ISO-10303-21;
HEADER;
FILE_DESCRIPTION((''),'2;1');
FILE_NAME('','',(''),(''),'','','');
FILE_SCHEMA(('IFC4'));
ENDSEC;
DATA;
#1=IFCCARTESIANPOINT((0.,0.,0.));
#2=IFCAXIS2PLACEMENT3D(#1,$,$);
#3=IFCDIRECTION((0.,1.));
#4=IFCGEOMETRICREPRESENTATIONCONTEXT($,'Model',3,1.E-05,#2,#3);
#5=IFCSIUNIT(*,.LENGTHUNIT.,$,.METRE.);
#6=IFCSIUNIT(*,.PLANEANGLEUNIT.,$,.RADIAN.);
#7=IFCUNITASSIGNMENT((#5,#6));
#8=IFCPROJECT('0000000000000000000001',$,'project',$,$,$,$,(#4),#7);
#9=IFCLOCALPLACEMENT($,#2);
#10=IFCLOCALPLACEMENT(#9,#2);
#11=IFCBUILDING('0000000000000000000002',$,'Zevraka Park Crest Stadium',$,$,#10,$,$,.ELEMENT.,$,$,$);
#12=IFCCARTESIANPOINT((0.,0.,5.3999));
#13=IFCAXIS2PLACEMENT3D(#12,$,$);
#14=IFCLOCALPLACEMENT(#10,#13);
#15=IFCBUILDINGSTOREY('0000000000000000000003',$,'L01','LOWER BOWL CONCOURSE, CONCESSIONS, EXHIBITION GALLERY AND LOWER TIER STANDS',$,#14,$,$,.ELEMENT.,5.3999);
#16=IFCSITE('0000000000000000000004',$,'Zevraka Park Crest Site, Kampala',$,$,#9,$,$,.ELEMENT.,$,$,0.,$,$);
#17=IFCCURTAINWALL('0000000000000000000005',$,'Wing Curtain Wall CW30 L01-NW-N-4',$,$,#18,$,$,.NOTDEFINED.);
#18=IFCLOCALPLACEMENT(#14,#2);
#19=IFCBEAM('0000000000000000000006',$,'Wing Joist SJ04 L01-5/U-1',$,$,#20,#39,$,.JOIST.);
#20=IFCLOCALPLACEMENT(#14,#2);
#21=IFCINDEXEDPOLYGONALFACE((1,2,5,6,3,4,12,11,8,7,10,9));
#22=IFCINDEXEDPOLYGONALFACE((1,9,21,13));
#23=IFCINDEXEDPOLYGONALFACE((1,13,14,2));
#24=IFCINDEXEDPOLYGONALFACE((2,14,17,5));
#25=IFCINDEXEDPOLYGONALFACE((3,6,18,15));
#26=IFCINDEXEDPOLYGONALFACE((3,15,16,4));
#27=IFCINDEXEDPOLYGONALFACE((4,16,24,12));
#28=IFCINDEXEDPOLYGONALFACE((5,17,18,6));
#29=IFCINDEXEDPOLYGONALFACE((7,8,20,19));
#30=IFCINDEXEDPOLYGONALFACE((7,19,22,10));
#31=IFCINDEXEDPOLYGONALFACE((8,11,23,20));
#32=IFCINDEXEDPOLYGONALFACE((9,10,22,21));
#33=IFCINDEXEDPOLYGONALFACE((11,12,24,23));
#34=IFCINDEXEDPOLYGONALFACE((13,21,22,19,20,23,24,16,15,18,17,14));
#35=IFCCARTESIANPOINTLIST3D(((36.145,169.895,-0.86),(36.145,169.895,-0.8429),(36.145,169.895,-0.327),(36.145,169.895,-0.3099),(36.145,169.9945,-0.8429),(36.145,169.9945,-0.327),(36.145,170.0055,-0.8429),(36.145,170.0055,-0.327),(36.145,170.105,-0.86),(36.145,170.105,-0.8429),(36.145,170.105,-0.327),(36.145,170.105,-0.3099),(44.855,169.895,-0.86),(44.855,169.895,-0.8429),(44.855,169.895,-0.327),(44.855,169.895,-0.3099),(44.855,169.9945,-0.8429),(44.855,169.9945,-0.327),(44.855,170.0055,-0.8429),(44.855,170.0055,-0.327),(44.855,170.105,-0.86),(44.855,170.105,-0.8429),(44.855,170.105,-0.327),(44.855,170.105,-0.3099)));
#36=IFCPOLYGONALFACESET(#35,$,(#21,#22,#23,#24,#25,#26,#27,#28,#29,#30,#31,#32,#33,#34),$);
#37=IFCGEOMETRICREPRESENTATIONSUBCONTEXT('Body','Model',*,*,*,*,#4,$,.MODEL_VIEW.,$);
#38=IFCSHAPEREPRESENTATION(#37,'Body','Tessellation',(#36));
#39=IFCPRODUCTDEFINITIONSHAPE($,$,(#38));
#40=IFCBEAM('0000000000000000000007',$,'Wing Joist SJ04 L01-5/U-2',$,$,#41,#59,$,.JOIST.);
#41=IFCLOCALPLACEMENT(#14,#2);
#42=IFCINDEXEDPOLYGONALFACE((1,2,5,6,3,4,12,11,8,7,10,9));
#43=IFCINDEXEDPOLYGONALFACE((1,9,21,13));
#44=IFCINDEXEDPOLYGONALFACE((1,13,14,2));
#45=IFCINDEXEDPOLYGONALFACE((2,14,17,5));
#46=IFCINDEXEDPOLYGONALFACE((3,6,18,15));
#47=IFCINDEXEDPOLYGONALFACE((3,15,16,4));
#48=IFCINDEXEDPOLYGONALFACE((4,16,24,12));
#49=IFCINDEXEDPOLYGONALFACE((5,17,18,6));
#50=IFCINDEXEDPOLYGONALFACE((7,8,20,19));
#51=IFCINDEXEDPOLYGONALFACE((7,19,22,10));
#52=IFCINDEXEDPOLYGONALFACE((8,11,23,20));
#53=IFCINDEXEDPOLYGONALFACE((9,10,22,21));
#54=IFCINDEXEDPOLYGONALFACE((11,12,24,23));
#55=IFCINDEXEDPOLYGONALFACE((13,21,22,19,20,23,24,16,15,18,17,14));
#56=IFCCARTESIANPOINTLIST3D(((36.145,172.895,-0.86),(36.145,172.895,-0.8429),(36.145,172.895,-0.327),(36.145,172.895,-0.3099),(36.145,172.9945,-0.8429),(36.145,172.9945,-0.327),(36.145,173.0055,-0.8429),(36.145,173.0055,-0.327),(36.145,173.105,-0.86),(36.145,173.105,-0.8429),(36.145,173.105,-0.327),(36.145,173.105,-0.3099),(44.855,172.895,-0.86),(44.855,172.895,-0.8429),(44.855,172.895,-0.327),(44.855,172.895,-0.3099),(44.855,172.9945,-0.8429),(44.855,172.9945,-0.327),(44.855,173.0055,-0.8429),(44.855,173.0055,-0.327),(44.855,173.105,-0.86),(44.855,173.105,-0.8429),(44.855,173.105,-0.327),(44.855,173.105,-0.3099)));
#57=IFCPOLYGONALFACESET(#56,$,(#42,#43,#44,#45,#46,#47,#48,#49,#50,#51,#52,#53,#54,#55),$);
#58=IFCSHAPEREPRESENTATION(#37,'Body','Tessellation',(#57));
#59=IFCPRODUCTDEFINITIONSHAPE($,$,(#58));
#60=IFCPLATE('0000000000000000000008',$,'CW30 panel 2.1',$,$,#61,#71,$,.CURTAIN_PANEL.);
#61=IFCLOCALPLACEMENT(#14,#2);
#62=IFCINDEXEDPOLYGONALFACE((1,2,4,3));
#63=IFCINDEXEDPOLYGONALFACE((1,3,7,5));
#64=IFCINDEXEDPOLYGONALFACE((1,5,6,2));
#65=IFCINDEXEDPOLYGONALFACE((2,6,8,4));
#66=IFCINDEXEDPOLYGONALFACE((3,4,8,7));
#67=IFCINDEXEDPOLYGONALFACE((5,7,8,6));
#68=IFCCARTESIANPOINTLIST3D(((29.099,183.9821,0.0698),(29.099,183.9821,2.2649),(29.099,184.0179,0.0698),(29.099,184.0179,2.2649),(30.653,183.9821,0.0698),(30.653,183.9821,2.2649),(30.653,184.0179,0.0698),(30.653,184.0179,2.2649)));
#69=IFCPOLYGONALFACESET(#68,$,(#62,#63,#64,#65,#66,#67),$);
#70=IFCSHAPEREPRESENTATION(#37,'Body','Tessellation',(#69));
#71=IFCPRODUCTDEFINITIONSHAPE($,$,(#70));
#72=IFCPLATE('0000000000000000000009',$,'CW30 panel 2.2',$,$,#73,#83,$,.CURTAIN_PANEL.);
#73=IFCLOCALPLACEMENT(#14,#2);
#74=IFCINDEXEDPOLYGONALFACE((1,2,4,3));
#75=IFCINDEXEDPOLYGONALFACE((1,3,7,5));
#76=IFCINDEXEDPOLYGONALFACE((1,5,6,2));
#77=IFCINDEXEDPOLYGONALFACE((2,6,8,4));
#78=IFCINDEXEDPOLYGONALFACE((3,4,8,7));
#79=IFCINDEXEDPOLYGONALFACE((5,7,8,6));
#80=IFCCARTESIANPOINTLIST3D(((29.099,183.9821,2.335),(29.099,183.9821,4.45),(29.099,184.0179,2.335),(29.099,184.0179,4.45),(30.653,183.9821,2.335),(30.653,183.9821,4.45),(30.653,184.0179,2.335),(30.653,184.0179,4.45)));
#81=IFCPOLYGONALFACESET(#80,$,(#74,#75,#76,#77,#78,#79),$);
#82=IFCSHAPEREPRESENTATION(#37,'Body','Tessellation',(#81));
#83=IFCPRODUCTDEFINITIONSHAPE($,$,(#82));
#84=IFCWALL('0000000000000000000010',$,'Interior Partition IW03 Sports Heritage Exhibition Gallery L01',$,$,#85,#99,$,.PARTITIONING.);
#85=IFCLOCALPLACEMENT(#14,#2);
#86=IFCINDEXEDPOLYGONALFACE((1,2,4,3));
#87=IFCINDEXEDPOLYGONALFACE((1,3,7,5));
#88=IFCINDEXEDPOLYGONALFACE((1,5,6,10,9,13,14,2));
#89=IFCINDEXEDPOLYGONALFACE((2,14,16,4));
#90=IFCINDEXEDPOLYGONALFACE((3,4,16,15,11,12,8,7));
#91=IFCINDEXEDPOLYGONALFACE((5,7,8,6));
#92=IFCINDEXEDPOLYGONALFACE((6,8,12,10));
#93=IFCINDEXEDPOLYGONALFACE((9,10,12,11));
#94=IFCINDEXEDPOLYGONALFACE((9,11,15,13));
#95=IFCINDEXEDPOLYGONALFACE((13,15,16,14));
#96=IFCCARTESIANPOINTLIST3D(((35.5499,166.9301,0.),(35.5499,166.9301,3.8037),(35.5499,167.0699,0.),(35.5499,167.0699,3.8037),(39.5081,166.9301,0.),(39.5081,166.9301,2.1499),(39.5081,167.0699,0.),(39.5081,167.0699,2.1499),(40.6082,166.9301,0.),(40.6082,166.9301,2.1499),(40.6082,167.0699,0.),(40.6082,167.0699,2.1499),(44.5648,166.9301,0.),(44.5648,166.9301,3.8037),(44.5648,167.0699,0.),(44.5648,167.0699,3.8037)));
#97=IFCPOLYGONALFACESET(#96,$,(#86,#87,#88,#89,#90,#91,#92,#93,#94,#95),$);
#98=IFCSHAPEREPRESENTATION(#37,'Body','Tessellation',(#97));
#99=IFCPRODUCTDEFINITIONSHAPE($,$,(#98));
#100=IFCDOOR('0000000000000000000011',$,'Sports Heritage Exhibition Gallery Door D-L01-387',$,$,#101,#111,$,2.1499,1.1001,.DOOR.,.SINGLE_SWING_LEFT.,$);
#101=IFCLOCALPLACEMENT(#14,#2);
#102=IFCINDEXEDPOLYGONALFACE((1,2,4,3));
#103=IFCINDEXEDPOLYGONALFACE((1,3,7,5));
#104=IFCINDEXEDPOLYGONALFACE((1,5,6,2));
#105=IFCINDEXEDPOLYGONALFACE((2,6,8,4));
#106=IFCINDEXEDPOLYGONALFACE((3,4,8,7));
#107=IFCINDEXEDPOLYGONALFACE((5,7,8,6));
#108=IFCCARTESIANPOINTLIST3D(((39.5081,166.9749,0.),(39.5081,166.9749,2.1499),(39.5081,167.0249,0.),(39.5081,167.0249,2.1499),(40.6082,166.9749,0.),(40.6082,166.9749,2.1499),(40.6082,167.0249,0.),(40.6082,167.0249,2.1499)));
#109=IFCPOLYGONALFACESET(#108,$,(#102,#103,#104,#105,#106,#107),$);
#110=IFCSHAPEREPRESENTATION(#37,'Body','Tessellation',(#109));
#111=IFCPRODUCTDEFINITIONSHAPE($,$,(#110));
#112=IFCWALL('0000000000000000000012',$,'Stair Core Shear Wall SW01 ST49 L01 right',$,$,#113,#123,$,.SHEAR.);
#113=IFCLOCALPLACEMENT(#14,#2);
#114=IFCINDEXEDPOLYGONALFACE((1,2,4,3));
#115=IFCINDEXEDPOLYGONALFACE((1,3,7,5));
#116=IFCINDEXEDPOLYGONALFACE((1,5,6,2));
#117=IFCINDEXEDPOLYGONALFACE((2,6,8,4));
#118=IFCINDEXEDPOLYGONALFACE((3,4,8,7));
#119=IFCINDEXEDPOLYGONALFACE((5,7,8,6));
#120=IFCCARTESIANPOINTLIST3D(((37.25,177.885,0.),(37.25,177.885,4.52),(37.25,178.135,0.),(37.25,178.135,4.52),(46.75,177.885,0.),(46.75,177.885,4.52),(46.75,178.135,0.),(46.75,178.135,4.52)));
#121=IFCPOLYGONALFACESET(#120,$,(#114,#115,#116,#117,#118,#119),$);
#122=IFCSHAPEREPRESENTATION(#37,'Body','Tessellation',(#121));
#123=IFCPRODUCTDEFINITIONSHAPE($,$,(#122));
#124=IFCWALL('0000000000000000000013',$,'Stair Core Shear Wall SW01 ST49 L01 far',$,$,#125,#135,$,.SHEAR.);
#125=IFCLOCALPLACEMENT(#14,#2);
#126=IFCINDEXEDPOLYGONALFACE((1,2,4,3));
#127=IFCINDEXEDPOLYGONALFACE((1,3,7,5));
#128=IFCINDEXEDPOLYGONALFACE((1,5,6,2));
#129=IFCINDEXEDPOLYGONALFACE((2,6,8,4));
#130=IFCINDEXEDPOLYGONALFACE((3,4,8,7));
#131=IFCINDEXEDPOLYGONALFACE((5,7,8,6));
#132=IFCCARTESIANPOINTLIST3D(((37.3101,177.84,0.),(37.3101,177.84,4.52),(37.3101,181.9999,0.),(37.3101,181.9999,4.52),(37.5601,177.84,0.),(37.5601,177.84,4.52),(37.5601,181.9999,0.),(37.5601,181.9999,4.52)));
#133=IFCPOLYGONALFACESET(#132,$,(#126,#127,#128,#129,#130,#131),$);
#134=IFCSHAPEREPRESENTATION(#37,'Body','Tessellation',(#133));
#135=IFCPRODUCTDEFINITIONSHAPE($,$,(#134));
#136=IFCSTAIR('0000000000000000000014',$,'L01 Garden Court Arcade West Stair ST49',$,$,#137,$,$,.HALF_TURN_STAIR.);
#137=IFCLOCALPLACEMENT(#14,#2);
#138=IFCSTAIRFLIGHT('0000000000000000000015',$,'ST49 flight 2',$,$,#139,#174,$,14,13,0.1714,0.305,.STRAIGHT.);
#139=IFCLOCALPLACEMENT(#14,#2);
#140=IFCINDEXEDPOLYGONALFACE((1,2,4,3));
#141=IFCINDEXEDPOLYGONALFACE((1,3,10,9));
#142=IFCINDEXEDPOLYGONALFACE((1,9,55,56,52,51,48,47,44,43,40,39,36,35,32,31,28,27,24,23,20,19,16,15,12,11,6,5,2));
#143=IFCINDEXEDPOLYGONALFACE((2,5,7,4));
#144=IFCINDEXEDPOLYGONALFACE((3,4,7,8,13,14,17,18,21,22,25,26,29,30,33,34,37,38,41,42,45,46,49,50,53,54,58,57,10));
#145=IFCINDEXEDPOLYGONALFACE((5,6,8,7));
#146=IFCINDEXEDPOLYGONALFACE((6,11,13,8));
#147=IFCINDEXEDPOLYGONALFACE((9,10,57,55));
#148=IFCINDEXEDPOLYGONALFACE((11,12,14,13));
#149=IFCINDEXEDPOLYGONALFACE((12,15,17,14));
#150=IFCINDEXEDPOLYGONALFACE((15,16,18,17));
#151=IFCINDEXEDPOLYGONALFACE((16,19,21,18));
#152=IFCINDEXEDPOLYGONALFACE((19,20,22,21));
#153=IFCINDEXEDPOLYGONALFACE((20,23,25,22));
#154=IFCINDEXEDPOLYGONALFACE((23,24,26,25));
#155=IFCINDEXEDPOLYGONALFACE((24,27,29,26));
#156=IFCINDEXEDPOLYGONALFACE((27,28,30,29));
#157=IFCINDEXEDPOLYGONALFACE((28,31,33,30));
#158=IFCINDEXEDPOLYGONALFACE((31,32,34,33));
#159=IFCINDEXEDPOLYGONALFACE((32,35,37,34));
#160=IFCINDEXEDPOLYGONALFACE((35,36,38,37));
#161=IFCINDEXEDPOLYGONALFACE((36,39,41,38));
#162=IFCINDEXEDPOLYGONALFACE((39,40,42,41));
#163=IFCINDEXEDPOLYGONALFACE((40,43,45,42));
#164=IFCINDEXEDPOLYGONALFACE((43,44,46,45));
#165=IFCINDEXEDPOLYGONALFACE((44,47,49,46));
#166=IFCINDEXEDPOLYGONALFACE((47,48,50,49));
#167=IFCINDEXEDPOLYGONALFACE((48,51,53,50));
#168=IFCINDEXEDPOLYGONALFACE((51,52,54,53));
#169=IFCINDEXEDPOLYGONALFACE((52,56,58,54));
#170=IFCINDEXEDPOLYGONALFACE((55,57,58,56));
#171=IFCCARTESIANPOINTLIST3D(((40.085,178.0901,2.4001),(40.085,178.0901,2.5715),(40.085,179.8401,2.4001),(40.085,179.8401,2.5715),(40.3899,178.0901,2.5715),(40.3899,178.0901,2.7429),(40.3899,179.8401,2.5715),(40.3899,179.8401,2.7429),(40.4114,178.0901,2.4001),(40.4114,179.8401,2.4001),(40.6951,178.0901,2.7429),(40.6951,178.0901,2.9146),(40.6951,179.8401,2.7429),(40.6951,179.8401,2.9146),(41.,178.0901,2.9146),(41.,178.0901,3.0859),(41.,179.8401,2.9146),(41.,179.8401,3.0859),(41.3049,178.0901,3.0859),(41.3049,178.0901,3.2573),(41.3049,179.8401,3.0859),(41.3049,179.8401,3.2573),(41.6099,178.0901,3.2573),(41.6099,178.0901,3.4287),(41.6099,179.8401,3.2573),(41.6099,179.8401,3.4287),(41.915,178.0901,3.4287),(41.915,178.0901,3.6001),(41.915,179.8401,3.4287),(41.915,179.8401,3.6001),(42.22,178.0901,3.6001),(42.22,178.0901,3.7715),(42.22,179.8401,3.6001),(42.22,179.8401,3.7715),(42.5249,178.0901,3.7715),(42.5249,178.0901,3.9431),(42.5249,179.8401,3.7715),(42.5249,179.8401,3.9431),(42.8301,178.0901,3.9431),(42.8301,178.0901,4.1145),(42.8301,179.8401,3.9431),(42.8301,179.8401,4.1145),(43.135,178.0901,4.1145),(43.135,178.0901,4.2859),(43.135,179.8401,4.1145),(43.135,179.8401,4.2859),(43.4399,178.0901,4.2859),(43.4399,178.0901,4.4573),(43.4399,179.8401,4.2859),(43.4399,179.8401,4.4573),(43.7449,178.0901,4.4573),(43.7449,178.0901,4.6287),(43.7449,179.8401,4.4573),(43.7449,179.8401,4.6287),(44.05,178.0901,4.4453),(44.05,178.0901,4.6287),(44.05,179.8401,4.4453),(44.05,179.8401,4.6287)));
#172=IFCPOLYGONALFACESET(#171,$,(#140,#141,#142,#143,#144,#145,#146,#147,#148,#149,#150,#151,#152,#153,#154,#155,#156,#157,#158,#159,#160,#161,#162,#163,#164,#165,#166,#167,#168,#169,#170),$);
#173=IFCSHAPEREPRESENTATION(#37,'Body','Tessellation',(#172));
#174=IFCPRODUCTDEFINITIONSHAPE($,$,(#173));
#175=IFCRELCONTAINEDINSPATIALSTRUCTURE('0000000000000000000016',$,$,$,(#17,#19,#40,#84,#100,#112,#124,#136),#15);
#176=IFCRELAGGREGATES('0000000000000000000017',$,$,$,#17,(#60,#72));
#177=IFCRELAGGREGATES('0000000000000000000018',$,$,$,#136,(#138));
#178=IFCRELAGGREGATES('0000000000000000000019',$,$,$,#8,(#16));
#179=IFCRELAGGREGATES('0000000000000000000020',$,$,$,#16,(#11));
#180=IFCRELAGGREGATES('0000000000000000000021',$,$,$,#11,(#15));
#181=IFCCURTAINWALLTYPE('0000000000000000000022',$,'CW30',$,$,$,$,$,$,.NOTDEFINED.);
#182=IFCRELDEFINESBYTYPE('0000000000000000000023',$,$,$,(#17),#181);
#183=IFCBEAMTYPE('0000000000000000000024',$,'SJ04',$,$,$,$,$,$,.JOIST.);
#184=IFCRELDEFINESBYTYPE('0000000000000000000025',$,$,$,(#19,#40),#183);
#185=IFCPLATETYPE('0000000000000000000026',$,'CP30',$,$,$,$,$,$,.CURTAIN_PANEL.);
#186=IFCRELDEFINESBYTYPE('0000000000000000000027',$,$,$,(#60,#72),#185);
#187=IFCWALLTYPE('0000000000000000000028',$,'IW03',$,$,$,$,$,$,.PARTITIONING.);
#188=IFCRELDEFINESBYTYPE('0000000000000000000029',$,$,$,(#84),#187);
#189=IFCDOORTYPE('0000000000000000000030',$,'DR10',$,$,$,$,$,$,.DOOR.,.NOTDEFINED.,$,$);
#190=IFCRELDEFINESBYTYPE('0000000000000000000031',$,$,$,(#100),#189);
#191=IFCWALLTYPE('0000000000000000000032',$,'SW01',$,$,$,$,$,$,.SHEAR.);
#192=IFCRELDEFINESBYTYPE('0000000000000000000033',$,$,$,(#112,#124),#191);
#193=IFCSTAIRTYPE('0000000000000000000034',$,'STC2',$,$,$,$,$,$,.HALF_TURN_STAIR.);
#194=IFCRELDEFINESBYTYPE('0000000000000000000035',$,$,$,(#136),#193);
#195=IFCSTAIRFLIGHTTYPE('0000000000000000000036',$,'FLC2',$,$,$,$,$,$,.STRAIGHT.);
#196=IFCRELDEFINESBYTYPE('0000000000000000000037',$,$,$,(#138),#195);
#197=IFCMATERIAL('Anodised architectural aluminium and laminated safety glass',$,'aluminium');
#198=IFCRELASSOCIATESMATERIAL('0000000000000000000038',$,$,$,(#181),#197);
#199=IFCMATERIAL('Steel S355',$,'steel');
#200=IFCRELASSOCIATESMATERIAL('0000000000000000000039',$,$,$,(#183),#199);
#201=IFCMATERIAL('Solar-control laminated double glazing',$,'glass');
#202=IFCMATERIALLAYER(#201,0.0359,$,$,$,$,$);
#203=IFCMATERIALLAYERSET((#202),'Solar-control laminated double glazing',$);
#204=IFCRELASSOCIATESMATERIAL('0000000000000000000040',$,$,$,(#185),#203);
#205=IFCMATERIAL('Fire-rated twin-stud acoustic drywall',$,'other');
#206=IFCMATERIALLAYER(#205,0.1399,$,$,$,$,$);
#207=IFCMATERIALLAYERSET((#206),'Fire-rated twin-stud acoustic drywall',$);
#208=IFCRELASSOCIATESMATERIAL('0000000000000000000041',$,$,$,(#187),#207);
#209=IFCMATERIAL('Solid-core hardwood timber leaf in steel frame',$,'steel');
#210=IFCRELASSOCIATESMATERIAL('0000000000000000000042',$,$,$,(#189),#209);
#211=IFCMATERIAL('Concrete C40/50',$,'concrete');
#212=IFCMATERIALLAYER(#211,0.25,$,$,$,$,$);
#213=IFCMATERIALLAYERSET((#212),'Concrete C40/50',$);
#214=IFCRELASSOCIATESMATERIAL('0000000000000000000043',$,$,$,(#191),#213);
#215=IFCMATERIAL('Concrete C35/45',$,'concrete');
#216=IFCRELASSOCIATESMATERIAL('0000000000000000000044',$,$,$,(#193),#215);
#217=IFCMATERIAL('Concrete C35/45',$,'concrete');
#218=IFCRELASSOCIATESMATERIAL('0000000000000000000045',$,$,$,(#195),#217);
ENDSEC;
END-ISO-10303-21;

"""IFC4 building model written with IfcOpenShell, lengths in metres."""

from ifc_helpers import new_model, si_unit, direction, frame, frame_2d, origin, origin_2d, place, context, subcontext, project, spatial, polyline, rectangle, i_section, outline, extrude, material, layer, layer_set, material_profile, profile_set, type_object, element, fill, aggregate, save


model = new_model("IFC4")

# Units and contexts
model_context = context("Model", 3, precision=1e-05, world=origin(), true_north=direction((0.0, 1.0)))
body_context = subcontext(model_context, "Body", "Model", "MODEL_VIEW")
ifc_project = project(units=[si_unit("LENGTHUNIT", "METRE"), si_unit("PLANEANGLEUNIT", "RADIAN")], contexts=[model_context])

# Site, building, storey
site_placement = place(None, origin())
site = spatial("IfcSite", under=ifc_project, at=site_placement, Name="Zevraka Park Crest Site, Kampala", CompositionType="ELEMENT", RefElevation=0.0)
building_placement = place(site_placement, origin())
building = spatial("IfcBuilding", under=site, at=building_placement, Name="Zevraka Park Crest Stadium", CompositionType="ELEMENT")
storey_placement = place(building_placement, frame((0.0, 0.0, 5.3999)))
storey = spatial("IfcBuildingStorey", under=building, at=storey_placement, Name="L01", Description="LOWER BOWL CONCOURSE, CONCESSIONS, EXHIBITION GALLERY AND LOWER TIER STANDS", CompositionType="ELEMENT", Elevation=5.3999)

# Curtain wall
ifc_material_1 = material(Name="Anodised architectural aluminium and laminated safety glass", Category="aluminium")
curtain_wall_type = type_object("IfcCurtainWallType", Name="CW30", PredefinedType="NOTDEFINED", material=ifc_material_1)
curtain_wall_placement = place(storey_placement, origin())
curtain_wall = element("IfcCurtainWall", 1, at=curtain_wall_placement, inside=storey, type_object=curtain_wall_type, Name="Wing Curtain Wall CW30 L01-NW-N-4", PredefinedType="NOTDEFINED")

# Beams
ifc_material_2 = material(Name="Steel S355", Category="steel")
ifc_material_profile_1 = material_profile(ifc_material_2, i_section(OverallWidth=0.21, OverallDepth=0.55, WebThickness=0.011, FlangeThickness=0.0171, at=origin_2d()), Name="IPE 550")
ifc_profile_set_1 = profile_set([ifc_material_profile_1], Name="Steel S355")
beam_type_1 = type_object("IfcBeamType", Name="SJ04", PredefinedType="JOIST", material=ifc_profile_set_1)
for number, where, z_axis, x_axis, name in (
    (2, (36.145, 170.0, -0.585), (1.0, 0.0, 0.0), (0.0, 1.0, 0.0), "Wing Joist SJ04 L01-5/U-1"),
    (3, (36.145, 173.0, -0.585), (1.0, 0.0, 0.0), (0.0, 1.0, 0.0), "Wing Joist SJ04 L01-5/U-2"),
):
    element("IfcBeam", number, at=place(storey_placement, frame(where, z_axis=z_axis, x_axis=x_axis)), inside=storey, type_object=beam_type_1, Name=name, PredefinedType="JOIST", context=body_context, shape_type="SweptSolid", body=[
        extrude(i_section(OverallWidth=0.21, OverallDepth=0.55, WebThickness=0.011, FlangeThickness=0.0171, at=origin_2d()), origin(), (0.0, 0.0, 1.0), 8.71),
    ])

# Plates
ifc_material_3 = material(Name="Solar-control laminated double glazing", Category="glass")
ifc_layer_1 = layer(ifc_material_3, 0.0359)
ifc_layer_set_1 = layer_set([ifc_layer_1], Name="Solar-control laminated double glazing")
plate_type = type_object("IfcPlateType", Name="CP30", PredefinedType="CURTAIN_PANEL", material=ifc_layer_set_1)
plate_1_placement = place(storey_placement, frame((29.876, 184.0, 0.0698), z_axis=(0.0, 0.0, 1.0), x_axis=(1.0, 0.0, 0.0)))
plate_1 = element("IfcPlate", 4, at=plate_1_placement, type_object=plate_type, Name="CW30 panel 2.1", PredefinedType="CURTAIN_PANEL", context=body_context, shape_type="SweptSolid", body=[
    extrude(rectangle(XDim=1.554, YDim=0.0359, at=origin_2d()), origin(), (0.0, 0.0, 1.0), 2.1951),
])
plate_2_placement = place(storey_placement, frame((29.876, 184.0, 2.335), z_axis=(0.0, 0.0, 1.0), x_axis=(1.0, 0.0, 0.0)))
plate_2 = element("IfcPlate", 5, at=plate_2_placement, type_object=plate_type, Name="CW30 panel 2.2", PredefinedType="CURTAIN_PANEL", context=body_context, shape_type="SweptSolid", body=[
    extrude(rectangle(XDim=1.554, YDim=0.0359, at=origin_2d()), origin(), (0.0, 0.0, 1.0), 2.115),
])
aggregate(curtain_wall, [plate_1, plate_2])

# Wall, opening, door
ifc_material_4 = material(Name="Fire-rated twin-stud acoustic drywall", Category="other")
ifc_layer_2 = layer(ifc_material_4, 0.1399)
ifc_layer_set_2 = layer_set([ifc_layer_2], Name="Fire-rated twin-stud acoustic drywall")
wall_type_1 = type_object("IfcWallType", Name="IW03", PredefinedType="PARTITIONING", material=ifc_layer_set_2)
wall_1_placement = place(storey_placement, frame((35.55, 167.0, 0.0), z_axis=(0.0, 0.0, 1.0), x_axis=(1.0, 0.0, 0.0)))
wall_1 = element("IfcWall", 6, at=wall_1_placement, inside=storey, type_object=wall_type_1, Name="Interior Partition IW03 Sports Heritage Exhibition Gallery L01", PredefinedType="PARTITIONING", context=body_context, shape_type="SweptSolid", body=[
    extrude(rectangle(XDim=9.0149, YDim=0.1399, at=frame_2d((4.5073, 0.0))), origin(), (0.0, 0.0, 1.0), 3.8037),
])
opening_placement = place(wall_1_placement, frame((3.958, 0.0, 0.0)))
opening = element("IfcOpeningElement", 7, at=opening_placement, cuts=wall_1, PredefinedType="OPENING", context=body_context, shape_type="SweptSolid", body=[
    extrude(rectangle(XDim=1.1001, YDim=2.1499, at=frame_2d((0.55, 1.075))), frame((0.0, 0.0798, 0.0), z_axis=(0.0, -1.0, 0.0), x_axis=(1.0, 0.0, 0.0)), (0.0, 0.0, 1.0), 0.1599),
])
ifc_material_5 = material(Name="Solid-core hardwood timber leaf in steel frame", Category="steel")
door_type = type_object("IfcDoorType", Name="DR10", OperationType="NOTDEFINED", PredefinedType="DOOR", material=ifc_material_5)
door_placement = place(opening_placement, origin())
door = element("IfcDoor", 8, at=door_placement, inside=storey, type_object=door_type, Name="Sports Heritage Exhibition Gallery Door D-L01-387", OperationType="SINGLE_SWING_LEFT", OverallHeight=2.1499, OverallWidth=1.1001, PredefinedType="DOOR", context=body_context, shape_type="SweptSolid", body=[
    extrude(rectangle(XDim=1.1001, YDim=2.1499, at=frame_2d((0.55, 1.075))), frame((0.0, 0.0249, 0.0), z_axis=(0.0, -1.0, 0.0), x_axis=(1.0, 0.0, 0.0)), (0.0, 0.0, 1.0), 0.05),
])
fill(opening, door)

# Walls
ifc_material_6 = material(Name="Concrete C40/50", Category="concrete")
ifc_layer_3 = layer(ifc_material_6, 0.25)
ifc_layer_set_3 = layer_set([ifc_layer_3], Name="Concrete C40/50")
wall_type_2 = type_object("IfcWallType", Name="SW01", PredefinedType="SHEAR", material=ifc_layer_set_3)
wall_2_placement = place(storey_placement, frame((37.25, 178.01, 0.0), z_axis=(0.0, 0.0, 1.0), x_axis=(1.0, 0.0, 0.0)))
element("IfcWall", 9, at=wall_2_placement, inside=storey, type_object=wall_type_2, Name="Stair Core Shear Wall SW01 ST49 L01 right", PredefinedType="SHEAR", context=body_context, shape_type="SweptSolid", body=[
    extrude(rectangle(XDim=9.5, YDim=0.25, at=frame_2d((4.75, 0.0))), origin(), (0.0, 0.0, 1.0), 4.52),
])
wall_3_placement = place(storey_placement, frame((37.4351, 182.0, 0.0), z_axis=(0.0, 0.0, 1.0), x_axis=(0.0, -1.0, 0.0)))
element("IfcWall", 10, at=wall_3_placement, inside=storey, type_object=wall_type_2, Name="Stair Core Shear Wall SW01 ST49 L01 far", PredefinedType="SHEAR", context=body_context, shape_type="SweptSolid", body=[
    extrude(rectangle(XDim=4.1599, YDim=0.25, at=frame_2d((2.0801, 0.0))), origin(), (0.0, 0.0, 1.0), 4.52),
])

# Stair, stair flight
ifc_material_7 = material(Name="Concrete C35/45", Category="concrete")
stair_type = type_object("IfcStairType", Name="STC2", PredefinedType="HALF_TURN_STAIR", material=ifc_material_7)
stair_placement = place(storey_placement, origin())
stair = element("IfcStair", 11, at=stair_placement, inside=storey, type_object=stair_type, Name="L01 Garden Court Arcade West Stair ST49", PredefinedType="HALF_TURN_STAIR")
ifc_material_8 = material(Name="Concrete C35/45", Category="concrete")
stair_flight_type = type_object("IfcStairFlightType", Name="FLC2", PredefinedType="STRAIGHT", material=ifc_material_8)
stair_flight_placement = place(storey_placement, frame((40.085, 178.9651, 2.4001), z_axis=(0.0, 0.0, 1.0), x_axis=(1.0, 0.0, 0.0)))
stair_flight = element("IfcStairFlight", 12, at=stair_flight_placement, type_object=stair_flight_type, Name="ST49 flight 2", NumberOfRisers=14, NumberOfTreads=13, PredefinedType="STRAIGHT", RiserHeight=0.1714, TreadLength=0.305, context=body_context, shape_type="SweptSolid", body=[
    extrude(outline(polyline([(0.0, 0.0), (0.0, 0.1714), (0.3049, 0.1714), (0.3049, 0.3428), (0.6101, 0.3428), (0.6101, 0.5144), (0.915, 0.5144), (0.915, 0.6858), (1.22, 0.6858), (1.22, 0.8572), (1.5249, 0.8572), (1.5249, 1.0286), (1.8301, 1.0286), (1.8301, 1.2), (2.135, 1.2), (2.135, 1.3713), (2.4399, 1.3713), (2.4399, 1.543), (2.7451, 1.543), (2.7451, 1.7144), (3.05, 1.7144), (3.05, 1.8857), (3.355, 1.8857), (3.355, 2.0571), (3.6599, 2.0571), (3.6599, 2.2285), (3.9651, 2.2285), (3.9651, 2.3999), (3.9651, 2.0452), (0.3264, 0.0), (0.0, 0.0)])), frame((0.0, 0.875, 0.0), z_axis=(0.0, -1.0, 0.0), x_axis=(1.0, 0.0, 0.0)), (0.0, 0.0, 1.0), 1.75),
])
aggregate(stair, [stair_flight])

save(model, "model.ifc")
